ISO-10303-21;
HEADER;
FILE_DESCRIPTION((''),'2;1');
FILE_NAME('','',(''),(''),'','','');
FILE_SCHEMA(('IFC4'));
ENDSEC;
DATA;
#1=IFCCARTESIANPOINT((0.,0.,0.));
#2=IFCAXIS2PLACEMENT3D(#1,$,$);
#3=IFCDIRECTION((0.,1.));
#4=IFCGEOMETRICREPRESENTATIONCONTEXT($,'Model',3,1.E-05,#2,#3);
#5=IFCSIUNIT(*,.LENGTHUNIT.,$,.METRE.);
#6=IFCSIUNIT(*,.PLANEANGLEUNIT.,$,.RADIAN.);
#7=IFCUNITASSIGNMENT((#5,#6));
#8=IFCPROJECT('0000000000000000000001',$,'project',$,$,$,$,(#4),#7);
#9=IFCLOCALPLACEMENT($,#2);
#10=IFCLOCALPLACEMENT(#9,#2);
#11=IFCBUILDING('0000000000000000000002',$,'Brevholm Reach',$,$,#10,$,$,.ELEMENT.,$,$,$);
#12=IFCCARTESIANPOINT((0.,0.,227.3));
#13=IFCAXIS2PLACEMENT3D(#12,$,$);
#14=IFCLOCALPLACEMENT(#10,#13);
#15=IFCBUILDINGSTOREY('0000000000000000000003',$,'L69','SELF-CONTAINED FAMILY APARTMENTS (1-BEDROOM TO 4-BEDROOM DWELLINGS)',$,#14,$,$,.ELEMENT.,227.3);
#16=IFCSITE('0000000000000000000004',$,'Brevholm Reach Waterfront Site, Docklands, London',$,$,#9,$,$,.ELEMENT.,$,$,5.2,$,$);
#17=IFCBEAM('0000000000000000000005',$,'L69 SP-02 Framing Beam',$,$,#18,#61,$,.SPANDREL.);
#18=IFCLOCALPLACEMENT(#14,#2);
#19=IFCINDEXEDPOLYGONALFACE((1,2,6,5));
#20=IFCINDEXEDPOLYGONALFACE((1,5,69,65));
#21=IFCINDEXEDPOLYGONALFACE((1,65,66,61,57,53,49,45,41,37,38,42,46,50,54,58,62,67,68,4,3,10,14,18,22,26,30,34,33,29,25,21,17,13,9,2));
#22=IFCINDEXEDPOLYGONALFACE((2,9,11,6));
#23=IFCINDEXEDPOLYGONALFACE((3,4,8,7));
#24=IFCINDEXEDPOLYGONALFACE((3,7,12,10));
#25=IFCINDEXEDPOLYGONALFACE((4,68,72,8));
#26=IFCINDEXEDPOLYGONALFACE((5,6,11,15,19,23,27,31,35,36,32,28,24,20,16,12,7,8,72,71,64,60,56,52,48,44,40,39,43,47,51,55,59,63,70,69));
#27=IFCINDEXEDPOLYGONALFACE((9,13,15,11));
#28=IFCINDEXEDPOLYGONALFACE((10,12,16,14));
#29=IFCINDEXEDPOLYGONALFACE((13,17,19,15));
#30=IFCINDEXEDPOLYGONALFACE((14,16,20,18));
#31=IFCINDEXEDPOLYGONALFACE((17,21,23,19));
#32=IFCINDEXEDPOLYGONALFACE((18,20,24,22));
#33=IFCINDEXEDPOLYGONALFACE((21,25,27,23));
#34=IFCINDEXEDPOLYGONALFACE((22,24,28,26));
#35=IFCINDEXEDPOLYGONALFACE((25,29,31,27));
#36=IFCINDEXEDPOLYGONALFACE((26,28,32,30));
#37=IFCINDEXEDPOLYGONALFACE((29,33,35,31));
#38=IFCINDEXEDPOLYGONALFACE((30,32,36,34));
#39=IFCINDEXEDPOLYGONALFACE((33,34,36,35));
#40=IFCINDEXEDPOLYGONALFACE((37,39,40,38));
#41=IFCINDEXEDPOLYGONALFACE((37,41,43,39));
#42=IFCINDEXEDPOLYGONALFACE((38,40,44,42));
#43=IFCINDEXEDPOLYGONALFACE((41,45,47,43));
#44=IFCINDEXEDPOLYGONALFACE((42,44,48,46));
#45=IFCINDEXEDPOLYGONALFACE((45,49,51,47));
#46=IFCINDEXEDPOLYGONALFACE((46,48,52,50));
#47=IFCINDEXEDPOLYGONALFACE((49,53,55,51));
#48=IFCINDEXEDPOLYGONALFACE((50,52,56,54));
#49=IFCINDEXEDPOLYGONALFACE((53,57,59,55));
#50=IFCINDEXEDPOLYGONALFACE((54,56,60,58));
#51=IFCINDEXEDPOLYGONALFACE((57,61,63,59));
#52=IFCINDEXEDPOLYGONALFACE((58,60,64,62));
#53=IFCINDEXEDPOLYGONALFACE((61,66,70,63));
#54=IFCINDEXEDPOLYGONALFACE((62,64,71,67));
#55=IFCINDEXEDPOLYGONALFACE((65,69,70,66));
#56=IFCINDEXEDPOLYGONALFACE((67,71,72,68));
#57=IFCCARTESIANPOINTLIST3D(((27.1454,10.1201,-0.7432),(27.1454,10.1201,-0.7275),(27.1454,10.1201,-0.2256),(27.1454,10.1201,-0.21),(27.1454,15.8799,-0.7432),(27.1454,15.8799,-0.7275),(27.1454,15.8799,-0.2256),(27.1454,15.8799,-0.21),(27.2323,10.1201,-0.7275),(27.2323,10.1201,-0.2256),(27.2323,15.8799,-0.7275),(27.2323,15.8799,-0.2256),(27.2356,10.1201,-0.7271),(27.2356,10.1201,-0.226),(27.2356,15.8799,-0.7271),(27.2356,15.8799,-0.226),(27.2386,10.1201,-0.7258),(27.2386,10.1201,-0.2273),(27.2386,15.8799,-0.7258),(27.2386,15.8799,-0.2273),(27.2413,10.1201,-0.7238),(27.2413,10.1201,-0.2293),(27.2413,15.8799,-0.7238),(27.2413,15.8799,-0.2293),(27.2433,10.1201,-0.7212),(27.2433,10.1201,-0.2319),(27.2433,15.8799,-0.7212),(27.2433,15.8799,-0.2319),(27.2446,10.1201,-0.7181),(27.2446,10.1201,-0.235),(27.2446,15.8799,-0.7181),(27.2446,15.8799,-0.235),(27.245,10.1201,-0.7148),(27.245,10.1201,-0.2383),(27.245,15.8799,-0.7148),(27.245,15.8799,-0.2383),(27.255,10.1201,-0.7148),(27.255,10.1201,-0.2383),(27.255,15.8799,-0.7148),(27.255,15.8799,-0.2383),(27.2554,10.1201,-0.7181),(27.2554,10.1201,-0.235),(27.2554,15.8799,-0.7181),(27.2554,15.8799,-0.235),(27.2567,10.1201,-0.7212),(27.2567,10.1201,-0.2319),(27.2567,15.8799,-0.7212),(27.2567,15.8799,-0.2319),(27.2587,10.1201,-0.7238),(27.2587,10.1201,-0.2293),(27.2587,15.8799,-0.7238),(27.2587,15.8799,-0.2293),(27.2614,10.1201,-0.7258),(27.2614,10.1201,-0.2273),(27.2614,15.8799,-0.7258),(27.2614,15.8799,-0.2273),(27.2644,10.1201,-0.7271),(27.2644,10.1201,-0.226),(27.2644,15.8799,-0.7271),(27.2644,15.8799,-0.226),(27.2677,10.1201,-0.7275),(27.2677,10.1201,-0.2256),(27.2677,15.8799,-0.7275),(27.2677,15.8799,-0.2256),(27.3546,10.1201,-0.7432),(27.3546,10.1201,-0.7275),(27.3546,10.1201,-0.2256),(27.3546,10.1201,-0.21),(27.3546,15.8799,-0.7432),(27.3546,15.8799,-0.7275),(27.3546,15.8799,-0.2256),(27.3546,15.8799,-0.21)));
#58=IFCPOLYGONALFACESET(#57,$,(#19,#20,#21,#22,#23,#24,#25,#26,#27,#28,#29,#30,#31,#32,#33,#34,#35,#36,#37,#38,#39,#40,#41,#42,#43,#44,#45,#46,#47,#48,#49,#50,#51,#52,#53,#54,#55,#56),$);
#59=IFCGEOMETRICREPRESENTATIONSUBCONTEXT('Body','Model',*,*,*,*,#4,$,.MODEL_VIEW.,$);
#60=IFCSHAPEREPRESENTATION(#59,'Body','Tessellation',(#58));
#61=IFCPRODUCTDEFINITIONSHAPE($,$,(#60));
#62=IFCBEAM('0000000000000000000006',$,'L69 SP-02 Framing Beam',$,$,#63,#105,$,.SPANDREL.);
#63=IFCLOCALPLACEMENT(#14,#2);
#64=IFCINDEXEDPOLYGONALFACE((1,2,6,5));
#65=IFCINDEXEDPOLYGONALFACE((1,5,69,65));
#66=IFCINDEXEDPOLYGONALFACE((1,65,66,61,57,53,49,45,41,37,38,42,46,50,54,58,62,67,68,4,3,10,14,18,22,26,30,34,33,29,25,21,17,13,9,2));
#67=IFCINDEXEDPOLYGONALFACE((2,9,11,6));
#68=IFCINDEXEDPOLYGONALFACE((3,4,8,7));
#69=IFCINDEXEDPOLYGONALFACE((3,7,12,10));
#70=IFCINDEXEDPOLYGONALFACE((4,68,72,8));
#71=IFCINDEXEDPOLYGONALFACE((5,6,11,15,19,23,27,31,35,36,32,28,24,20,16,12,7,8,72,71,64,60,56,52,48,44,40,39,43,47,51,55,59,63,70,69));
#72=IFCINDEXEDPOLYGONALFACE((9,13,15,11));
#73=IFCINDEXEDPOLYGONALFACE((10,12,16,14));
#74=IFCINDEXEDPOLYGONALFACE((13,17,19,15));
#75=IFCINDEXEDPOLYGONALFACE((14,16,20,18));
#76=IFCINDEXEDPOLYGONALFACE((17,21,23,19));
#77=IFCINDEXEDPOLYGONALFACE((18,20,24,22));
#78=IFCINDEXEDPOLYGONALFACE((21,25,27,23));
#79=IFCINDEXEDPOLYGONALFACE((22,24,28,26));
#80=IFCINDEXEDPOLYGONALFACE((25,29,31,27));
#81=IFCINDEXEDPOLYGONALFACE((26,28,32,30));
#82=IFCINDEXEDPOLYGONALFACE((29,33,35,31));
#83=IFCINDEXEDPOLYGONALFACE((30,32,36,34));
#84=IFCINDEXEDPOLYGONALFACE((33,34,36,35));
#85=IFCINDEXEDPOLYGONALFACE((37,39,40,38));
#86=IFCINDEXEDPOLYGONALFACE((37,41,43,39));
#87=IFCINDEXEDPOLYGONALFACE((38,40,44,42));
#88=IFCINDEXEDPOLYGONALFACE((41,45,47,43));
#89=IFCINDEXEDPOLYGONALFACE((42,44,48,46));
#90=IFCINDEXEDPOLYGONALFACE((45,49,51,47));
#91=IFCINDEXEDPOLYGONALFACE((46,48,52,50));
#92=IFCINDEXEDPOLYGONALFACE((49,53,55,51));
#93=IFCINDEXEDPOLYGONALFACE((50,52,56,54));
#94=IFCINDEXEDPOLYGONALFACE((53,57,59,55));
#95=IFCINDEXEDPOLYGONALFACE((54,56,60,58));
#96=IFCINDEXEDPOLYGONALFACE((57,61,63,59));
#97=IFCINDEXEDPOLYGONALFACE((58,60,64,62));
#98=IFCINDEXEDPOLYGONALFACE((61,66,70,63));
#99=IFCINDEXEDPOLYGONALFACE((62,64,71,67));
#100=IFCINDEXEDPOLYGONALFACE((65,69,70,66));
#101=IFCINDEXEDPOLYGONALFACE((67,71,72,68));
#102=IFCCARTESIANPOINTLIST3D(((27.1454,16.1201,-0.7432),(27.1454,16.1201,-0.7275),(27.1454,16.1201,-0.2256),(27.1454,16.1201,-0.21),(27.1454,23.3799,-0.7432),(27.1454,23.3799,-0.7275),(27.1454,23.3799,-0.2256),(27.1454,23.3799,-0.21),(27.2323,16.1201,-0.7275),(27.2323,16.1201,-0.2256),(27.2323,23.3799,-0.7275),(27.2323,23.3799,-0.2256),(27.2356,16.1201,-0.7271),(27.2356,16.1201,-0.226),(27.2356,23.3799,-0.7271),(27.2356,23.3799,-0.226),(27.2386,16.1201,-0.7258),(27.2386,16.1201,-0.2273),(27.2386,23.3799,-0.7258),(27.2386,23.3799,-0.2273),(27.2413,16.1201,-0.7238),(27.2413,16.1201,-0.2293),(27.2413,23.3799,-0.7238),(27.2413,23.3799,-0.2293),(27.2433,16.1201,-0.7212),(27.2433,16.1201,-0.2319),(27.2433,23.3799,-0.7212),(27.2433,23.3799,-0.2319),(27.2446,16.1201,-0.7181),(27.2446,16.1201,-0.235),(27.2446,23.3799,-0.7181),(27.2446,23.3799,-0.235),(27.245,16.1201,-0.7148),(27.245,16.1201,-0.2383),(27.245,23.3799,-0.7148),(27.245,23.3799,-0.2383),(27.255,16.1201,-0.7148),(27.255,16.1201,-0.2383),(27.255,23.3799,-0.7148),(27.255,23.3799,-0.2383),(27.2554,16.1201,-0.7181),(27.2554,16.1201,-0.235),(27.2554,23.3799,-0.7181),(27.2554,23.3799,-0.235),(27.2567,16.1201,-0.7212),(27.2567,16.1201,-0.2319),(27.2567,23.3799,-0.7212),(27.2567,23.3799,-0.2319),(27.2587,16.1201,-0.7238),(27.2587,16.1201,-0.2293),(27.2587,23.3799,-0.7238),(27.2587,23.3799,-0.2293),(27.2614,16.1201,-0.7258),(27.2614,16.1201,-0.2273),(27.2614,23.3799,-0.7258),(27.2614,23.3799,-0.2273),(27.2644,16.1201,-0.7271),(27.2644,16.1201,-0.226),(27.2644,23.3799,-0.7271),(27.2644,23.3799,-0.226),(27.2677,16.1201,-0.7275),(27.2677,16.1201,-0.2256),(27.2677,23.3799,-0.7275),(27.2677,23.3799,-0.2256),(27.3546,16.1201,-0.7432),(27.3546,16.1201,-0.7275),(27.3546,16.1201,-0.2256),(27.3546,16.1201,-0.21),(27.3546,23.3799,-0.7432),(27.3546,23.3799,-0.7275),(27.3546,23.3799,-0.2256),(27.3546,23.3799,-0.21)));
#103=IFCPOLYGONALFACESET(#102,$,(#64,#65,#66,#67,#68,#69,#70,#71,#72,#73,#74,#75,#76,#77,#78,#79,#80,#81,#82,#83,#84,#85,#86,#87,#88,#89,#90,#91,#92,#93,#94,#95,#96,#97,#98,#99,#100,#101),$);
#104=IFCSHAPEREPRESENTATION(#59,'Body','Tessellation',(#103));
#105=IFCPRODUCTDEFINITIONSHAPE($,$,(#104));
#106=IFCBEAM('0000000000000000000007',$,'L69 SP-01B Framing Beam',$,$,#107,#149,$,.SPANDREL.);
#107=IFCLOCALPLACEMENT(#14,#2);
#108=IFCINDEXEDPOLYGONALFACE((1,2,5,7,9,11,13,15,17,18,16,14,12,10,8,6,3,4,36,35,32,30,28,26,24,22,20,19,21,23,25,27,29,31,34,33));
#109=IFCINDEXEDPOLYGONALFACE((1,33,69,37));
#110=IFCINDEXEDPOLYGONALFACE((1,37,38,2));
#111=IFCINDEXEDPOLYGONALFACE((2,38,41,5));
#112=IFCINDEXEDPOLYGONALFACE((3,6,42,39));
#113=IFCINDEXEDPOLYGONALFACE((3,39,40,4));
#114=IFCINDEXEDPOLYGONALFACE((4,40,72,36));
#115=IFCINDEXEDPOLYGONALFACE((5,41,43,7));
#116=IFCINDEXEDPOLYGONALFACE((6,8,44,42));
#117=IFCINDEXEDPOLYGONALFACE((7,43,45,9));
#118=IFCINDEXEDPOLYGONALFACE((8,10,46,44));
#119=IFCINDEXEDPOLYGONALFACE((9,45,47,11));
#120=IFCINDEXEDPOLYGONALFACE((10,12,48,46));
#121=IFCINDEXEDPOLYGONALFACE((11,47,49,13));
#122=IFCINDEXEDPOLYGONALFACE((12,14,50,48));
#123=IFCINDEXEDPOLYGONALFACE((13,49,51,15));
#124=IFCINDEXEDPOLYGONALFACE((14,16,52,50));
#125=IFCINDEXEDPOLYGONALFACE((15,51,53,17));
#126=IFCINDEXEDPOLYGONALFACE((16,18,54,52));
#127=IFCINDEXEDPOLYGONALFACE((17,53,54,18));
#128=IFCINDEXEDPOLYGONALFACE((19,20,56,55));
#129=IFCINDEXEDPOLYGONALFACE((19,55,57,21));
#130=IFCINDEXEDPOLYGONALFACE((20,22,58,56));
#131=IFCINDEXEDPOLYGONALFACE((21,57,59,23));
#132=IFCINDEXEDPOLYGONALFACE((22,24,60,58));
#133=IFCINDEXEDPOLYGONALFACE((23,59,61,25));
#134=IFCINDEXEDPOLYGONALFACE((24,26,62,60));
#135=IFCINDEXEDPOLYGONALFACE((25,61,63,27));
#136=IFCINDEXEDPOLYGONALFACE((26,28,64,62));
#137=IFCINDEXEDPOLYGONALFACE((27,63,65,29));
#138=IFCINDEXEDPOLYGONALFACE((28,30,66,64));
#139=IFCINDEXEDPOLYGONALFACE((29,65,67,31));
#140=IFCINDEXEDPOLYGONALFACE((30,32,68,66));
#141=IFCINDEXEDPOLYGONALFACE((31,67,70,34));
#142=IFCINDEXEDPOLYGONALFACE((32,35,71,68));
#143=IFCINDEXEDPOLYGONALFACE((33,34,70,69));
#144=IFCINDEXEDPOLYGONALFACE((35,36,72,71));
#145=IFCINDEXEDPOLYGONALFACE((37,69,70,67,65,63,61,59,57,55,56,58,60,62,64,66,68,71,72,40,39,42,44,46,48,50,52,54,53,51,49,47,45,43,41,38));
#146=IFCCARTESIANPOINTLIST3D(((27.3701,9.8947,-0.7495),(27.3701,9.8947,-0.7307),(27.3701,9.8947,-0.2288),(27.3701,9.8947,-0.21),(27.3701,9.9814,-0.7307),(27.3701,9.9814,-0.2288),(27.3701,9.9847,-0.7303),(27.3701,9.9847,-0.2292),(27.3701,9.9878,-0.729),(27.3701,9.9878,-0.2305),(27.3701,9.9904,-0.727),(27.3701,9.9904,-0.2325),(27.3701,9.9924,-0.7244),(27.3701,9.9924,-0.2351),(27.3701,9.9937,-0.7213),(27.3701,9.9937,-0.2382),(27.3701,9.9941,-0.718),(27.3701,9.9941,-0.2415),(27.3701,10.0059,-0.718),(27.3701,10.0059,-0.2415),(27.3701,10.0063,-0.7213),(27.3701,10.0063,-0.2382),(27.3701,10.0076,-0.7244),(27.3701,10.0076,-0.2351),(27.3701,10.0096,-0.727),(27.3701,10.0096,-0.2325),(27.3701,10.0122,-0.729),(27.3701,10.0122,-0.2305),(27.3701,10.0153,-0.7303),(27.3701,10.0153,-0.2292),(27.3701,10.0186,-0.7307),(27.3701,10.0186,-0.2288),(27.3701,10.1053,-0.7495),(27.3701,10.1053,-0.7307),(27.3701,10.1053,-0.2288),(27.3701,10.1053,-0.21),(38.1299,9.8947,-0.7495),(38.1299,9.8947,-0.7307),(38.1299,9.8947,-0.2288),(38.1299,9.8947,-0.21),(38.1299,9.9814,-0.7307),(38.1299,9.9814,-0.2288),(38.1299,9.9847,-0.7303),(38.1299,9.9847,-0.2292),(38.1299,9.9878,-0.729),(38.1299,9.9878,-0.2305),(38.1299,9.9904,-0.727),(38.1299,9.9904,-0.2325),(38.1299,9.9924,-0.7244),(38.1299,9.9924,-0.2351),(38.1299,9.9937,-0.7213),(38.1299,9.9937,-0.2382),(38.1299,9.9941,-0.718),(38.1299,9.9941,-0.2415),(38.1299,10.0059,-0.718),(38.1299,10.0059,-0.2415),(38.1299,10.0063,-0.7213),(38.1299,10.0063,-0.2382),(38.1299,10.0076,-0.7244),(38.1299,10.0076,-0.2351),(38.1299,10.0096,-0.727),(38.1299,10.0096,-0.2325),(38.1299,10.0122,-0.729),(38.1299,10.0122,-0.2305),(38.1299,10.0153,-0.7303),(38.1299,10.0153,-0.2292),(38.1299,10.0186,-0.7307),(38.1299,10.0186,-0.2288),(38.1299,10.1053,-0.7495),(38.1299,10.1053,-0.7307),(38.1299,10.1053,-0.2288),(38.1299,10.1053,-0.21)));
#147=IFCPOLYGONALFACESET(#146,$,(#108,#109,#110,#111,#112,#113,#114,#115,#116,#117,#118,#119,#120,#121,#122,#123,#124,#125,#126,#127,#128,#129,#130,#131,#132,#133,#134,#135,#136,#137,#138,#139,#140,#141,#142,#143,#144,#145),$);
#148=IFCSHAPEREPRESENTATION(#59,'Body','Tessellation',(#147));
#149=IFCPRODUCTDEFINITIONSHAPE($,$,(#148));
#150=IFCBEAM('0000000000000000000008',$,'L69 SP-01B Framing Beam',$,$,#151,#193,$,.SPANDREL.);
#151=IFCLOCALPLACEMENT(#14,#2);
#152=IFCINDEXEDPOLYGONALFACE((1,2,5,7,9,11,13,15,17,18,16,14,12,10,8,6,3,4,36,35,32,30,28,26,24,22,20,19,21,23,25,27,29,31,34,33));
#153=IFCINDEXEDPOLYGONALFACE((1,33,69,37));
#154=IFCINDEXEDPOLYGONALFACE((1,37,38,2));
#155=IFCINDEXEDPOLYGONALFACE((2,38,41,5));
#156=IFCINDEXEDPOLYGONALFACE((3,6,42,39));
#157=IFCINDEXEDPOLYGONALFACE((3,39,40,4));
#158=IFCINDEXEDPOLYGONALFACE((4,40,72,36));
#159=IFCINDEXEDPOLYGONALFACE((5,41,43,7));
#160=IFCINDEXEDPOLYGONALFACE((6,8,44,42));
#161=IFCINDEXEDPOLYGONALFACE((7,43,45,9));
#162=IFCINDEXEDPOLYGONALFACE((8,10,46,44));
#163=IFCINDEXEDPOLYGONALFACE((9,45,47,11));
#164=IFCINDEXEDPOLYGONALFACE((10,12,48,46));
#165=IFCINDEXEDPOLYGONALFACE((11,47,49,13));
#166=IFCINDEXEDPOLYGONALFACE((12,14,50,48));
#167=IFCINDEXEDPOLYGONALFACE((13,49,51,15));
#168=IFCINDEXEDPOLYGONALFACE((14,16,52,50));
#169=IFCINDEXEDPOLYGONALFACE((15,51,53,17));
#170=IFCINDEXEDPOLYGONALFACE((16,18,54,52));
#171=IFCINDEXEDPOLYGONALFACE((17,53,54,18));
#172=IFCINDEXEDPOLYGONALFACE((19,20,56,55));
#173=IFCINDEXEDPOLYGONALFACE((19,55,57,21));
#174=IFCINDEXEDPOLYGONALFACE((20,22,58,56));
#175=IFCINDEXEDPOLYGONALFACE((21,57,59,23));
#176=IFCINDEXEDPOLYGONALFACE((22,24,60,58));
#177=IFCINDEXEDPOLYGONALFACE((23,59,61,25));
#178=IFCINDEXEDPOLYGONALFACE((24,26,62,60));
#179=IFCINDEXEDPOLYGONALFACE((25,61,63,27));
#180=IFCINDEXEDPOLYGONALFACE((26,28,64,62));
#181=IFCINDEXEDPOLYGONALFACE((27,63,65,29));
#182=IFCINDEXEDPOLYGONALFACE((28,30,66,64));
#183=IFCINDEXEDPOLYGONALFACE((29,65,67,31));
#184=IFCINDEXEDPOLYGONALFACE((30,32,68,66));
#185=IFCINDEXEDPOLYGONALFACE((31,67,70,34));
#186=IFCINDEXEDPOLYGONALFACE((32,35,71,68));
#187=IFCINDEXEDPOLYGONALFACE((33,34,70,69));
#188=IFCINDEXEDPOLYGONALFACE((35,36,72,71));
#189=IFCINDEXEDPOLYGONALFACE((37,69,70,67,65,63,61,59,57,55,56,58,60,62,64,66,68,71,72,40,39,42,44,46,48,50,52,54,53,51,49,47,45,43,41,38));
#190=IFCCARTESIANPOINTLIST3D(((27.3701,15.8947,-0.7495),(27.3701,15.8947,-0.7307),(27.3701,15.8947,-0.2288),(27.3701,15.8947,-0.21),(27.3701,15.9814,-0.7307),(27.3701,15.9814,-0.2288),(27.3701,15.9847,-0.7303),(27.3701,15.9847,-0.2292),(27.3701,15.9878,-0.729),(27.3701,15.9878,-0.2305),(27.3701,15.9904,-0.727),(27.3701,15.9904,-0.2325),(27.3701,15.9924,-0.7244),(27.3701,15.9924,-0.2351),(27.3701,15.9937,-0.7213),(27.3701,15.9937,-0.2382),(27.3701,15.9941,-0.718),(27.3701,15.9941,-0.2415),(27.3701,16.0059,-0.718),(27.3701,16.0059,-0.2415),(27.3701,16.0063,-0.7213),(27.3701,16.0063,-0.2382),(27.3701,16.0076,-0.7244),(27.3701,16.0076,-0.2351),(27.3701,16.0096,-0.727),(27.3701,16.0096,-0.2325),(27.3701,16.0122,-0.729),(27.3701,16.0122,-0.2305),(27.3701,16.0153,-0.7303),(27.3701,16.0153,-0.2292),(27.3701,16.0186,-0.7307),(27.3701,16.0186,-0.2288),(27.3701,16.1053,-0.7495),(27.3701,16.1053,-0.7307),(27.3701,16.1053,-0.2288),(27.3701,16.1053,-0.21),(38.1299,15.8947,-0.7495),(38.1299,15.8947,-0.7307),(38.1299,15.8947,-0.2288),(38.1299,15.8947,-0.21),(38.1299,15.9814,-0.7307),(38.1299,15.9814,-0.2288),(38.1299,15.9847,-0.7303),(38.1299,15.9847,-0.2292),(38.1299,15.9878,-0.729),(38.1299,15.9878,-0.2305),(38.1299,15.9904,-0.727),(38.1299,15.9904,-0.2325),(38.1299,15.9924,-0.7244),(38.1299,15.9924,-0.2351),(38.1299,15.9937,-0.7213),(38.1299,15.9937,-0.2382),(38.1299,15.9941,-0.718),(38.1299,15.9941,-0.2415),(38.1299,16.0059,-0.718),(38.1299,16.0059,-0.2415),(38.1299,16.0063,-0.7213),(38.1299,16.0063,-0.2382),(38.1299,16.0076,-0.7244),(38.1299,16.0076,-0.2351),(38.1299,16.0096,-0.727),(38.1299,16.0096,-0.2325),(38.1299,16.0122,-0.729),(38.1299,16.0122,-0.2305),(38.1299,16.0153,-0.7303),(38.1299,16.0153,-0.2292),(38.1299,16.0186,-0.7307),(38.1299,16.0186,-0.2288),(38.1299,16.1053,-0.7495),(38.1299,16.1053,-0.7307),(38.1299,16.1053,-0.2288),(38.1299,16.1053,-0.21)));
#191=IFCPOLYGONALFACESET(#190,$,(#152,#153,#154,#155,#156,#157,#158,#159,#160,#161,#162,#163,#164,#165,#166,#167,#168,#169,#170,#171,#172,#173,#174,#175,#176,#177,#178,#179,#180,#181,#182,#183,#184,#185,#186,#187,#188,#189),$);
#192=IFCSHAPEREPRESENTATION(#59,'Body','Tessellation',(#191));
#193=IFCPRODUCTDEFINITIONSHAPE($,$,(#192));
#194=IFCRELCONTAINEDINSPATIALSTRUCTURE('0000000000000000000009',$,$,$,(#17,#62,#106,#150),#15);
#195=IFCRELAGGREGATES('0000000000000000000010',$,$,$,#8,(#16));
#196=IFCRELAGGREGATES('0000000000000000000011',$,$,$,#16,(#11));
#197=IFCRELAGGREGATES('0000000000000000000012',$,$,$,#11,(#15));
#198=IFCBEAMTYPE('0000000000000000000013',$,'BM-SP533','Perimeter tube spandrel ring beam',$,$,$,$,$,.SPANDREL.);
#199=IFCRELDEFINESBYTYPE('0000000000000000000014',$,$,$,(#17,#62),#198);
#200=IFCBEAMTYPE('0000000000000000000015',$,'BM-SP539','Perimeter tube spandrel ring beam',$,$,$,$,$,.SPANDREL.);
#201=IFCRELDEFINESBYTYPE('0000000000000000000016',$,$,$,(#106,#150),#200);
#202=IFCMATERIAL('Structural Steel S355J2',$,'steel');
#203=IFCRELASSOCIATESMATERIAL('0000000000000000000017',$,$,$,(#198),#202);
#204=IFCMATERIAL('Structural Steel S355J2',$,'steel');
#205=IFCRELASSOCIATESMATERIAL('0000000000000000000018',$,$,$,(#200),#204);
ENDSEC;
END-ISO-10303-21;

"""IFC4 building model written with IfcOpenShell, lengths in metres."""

from ifc_helpers import new_model, si_unit, direction, frame, origin, origin_2d, place, context, subcontext, project, spatial, i_section, extrude, material, material_profile, profile_set, type_object, element, save


model = new_model("IFC4")

# Units and contexts
model_context = context("Model", 3, precision=1e-05, world=origin(), true_north=direction((0.0, 1.0)))
body_context = subcontext(model_context, "Body", "Model", "MODEL_VIEW")
ifc_project = project(units=[si_unit("LENGTHUNIT", "METRE"), si_unit("PLANEANGLEUNIT", "RADIAN")], contexts=[model_context])

# Site, building, storey
site_placement = place(None, origin())
site = spatial("IfcSite", under=ifc_project, at=site_placement, Name="Brevholm Reach Waterfront Site, Docklands, London", CompositionType="ELEMENT", RefElevation=5.2)
building_placement = place(site_placement, origin())
building = spatial("IfcBuilding", under=site, at=building_placement, Name="Brevholm Reach", CompositionType="ELEMENT")
storey_placement = place(building_placement, frame((0.0, 0.0, 227.3)))
storey = spatial("IfcBuildingStorey", under=building, at=storey_placement, Name="L69", Description="SELF-CONTAINED FAMILY APARTMENTS (1-BEDROOM TO 4-BEDROOM DWELLINGS)", CompositionType="ELEMENT", Elevation=227.3)

# Beams
ifc_material_1 = material(Name="Structural Steel S355J2", Category="steel")
ifc_material_profile_1 = material_profile(ifc_material_1, i_section(OverallWidth=0.2092, OverallDepth=0.5332, WebThickness=0.01, FlangeThickness=0.0156, FilletRadius=0.0127, at=origin_2d()), Name="UKB 533x210x92")
ifc_profile_set_1 = profile_set([ifc_material_profile_1], Name="Structural Steel S355J2")
beam_type_1 = type_object("IfcBeamType", Name="BM-SP533", Description="Perimeter tube spandrel ring beam", PredefinedType="SPANDREL", material=ifc_profile_set_1)
beam_1_placement = place(storey_placement, frame((27.25, 10.1201, -0.4766), z_axis=(0.0, 1.0, 0.0), x_axis=(-1.0, 0.0, 0.0)))
element("IfcBeam", 1, at=beam_1_placement, inside=storey, type_object=beam_type_1, Name="L69 SP-02 Framing Beam", PredefinedType="SPANDREL", context=body_context, shape_type="SweptSolid", body=[
    extrude(i_section(OverallWidth=0.2092, OverallDepth=0.5332, WebThickness=0.01, FlangeThickness=0.0156, FilletRadius=0.0127, at=origin_2d()), origin(), (0.0, 0.0, 1.0), 5.7598),
])
beam_2_placement = place(storey_placement, frame((27.25, 16.1201, -0.4766), z_axis=(0.0, 1.0, 0.0), x_axis=(-1.0, 0.0, 0.0)))
element("IfcBeam", 2, at=beam_2_placement, inside=storey, type_object=beam_type_1, Name="L69 SP-02 Framing Beam", PredefinedType="SPANDREL", context=body_context, shape_type="SweptSolid", body=[
    extrude(i_section(OverallWidth=0.2092, OverallDepth=0.5332, WebThickness=0.01, FlangeThickness=0.0156, FilletRadius=0.0127, at=origin_2d()), origin(), (0.0, 0.0, 1.0), 7.2598),
])
ifc_material_2 = material(Name="Structural Steel S355J2", Category="steel")
ifc_material_profile_2 = material_profile(ifc_material_2, i_section(OverallWidth=0.2107, OverallDepth=0.5396, WebThickness=0.0117, FlangeThickness=0.0188, FilletRadius=0.0127, at=origin_2d()), Name="UKB 533x210x109")
ifc_profile_set_2 = profile_set([ifc_material_profile_2], Name="Structural Steel S355J2")
beam_type_2 = type_object("IfcBeamType", Name="BM-SP539", Description="Perimeter tube spandrel ring beam", PredefinedType="SPANDREL", material=ifc_profile_set_2)
for number, where, z_axis, x_axis, name in (
    (3, (27.3701, 10.0, -0.4797), (1.0, 0.0, 0.0), (0.0, 1.0, 0.0), "L69 SP-01B Framing Beam"),
    (4, (27.3701, 16.0, -0.4797), (1.0, 0.0, 0.0), (0.0, 1.0, 0.0), "L69 SP-01B Framing Beam"),
):
    element("IfcBeam", number, at=place(storey_placement, frame(where, z_axis=z_axis, x_axis=x_axis)), inside=storey, type_object=beam_type_2, Name=name, PredefinedType="SPANDREL", context=body_context, shape_type="SweptSolid", body=[
        extrude(i_section(OverallWidth=0.2107, OverallDepth=0.5396, WebThickness=0.0117, FlangeThickness=0.0188, FilletRadius=0.0127, at=origin_2d()), origin(), (0.0, 0.0, 1.0), 10.7598),
    ])

save(model, "model.ifc")
